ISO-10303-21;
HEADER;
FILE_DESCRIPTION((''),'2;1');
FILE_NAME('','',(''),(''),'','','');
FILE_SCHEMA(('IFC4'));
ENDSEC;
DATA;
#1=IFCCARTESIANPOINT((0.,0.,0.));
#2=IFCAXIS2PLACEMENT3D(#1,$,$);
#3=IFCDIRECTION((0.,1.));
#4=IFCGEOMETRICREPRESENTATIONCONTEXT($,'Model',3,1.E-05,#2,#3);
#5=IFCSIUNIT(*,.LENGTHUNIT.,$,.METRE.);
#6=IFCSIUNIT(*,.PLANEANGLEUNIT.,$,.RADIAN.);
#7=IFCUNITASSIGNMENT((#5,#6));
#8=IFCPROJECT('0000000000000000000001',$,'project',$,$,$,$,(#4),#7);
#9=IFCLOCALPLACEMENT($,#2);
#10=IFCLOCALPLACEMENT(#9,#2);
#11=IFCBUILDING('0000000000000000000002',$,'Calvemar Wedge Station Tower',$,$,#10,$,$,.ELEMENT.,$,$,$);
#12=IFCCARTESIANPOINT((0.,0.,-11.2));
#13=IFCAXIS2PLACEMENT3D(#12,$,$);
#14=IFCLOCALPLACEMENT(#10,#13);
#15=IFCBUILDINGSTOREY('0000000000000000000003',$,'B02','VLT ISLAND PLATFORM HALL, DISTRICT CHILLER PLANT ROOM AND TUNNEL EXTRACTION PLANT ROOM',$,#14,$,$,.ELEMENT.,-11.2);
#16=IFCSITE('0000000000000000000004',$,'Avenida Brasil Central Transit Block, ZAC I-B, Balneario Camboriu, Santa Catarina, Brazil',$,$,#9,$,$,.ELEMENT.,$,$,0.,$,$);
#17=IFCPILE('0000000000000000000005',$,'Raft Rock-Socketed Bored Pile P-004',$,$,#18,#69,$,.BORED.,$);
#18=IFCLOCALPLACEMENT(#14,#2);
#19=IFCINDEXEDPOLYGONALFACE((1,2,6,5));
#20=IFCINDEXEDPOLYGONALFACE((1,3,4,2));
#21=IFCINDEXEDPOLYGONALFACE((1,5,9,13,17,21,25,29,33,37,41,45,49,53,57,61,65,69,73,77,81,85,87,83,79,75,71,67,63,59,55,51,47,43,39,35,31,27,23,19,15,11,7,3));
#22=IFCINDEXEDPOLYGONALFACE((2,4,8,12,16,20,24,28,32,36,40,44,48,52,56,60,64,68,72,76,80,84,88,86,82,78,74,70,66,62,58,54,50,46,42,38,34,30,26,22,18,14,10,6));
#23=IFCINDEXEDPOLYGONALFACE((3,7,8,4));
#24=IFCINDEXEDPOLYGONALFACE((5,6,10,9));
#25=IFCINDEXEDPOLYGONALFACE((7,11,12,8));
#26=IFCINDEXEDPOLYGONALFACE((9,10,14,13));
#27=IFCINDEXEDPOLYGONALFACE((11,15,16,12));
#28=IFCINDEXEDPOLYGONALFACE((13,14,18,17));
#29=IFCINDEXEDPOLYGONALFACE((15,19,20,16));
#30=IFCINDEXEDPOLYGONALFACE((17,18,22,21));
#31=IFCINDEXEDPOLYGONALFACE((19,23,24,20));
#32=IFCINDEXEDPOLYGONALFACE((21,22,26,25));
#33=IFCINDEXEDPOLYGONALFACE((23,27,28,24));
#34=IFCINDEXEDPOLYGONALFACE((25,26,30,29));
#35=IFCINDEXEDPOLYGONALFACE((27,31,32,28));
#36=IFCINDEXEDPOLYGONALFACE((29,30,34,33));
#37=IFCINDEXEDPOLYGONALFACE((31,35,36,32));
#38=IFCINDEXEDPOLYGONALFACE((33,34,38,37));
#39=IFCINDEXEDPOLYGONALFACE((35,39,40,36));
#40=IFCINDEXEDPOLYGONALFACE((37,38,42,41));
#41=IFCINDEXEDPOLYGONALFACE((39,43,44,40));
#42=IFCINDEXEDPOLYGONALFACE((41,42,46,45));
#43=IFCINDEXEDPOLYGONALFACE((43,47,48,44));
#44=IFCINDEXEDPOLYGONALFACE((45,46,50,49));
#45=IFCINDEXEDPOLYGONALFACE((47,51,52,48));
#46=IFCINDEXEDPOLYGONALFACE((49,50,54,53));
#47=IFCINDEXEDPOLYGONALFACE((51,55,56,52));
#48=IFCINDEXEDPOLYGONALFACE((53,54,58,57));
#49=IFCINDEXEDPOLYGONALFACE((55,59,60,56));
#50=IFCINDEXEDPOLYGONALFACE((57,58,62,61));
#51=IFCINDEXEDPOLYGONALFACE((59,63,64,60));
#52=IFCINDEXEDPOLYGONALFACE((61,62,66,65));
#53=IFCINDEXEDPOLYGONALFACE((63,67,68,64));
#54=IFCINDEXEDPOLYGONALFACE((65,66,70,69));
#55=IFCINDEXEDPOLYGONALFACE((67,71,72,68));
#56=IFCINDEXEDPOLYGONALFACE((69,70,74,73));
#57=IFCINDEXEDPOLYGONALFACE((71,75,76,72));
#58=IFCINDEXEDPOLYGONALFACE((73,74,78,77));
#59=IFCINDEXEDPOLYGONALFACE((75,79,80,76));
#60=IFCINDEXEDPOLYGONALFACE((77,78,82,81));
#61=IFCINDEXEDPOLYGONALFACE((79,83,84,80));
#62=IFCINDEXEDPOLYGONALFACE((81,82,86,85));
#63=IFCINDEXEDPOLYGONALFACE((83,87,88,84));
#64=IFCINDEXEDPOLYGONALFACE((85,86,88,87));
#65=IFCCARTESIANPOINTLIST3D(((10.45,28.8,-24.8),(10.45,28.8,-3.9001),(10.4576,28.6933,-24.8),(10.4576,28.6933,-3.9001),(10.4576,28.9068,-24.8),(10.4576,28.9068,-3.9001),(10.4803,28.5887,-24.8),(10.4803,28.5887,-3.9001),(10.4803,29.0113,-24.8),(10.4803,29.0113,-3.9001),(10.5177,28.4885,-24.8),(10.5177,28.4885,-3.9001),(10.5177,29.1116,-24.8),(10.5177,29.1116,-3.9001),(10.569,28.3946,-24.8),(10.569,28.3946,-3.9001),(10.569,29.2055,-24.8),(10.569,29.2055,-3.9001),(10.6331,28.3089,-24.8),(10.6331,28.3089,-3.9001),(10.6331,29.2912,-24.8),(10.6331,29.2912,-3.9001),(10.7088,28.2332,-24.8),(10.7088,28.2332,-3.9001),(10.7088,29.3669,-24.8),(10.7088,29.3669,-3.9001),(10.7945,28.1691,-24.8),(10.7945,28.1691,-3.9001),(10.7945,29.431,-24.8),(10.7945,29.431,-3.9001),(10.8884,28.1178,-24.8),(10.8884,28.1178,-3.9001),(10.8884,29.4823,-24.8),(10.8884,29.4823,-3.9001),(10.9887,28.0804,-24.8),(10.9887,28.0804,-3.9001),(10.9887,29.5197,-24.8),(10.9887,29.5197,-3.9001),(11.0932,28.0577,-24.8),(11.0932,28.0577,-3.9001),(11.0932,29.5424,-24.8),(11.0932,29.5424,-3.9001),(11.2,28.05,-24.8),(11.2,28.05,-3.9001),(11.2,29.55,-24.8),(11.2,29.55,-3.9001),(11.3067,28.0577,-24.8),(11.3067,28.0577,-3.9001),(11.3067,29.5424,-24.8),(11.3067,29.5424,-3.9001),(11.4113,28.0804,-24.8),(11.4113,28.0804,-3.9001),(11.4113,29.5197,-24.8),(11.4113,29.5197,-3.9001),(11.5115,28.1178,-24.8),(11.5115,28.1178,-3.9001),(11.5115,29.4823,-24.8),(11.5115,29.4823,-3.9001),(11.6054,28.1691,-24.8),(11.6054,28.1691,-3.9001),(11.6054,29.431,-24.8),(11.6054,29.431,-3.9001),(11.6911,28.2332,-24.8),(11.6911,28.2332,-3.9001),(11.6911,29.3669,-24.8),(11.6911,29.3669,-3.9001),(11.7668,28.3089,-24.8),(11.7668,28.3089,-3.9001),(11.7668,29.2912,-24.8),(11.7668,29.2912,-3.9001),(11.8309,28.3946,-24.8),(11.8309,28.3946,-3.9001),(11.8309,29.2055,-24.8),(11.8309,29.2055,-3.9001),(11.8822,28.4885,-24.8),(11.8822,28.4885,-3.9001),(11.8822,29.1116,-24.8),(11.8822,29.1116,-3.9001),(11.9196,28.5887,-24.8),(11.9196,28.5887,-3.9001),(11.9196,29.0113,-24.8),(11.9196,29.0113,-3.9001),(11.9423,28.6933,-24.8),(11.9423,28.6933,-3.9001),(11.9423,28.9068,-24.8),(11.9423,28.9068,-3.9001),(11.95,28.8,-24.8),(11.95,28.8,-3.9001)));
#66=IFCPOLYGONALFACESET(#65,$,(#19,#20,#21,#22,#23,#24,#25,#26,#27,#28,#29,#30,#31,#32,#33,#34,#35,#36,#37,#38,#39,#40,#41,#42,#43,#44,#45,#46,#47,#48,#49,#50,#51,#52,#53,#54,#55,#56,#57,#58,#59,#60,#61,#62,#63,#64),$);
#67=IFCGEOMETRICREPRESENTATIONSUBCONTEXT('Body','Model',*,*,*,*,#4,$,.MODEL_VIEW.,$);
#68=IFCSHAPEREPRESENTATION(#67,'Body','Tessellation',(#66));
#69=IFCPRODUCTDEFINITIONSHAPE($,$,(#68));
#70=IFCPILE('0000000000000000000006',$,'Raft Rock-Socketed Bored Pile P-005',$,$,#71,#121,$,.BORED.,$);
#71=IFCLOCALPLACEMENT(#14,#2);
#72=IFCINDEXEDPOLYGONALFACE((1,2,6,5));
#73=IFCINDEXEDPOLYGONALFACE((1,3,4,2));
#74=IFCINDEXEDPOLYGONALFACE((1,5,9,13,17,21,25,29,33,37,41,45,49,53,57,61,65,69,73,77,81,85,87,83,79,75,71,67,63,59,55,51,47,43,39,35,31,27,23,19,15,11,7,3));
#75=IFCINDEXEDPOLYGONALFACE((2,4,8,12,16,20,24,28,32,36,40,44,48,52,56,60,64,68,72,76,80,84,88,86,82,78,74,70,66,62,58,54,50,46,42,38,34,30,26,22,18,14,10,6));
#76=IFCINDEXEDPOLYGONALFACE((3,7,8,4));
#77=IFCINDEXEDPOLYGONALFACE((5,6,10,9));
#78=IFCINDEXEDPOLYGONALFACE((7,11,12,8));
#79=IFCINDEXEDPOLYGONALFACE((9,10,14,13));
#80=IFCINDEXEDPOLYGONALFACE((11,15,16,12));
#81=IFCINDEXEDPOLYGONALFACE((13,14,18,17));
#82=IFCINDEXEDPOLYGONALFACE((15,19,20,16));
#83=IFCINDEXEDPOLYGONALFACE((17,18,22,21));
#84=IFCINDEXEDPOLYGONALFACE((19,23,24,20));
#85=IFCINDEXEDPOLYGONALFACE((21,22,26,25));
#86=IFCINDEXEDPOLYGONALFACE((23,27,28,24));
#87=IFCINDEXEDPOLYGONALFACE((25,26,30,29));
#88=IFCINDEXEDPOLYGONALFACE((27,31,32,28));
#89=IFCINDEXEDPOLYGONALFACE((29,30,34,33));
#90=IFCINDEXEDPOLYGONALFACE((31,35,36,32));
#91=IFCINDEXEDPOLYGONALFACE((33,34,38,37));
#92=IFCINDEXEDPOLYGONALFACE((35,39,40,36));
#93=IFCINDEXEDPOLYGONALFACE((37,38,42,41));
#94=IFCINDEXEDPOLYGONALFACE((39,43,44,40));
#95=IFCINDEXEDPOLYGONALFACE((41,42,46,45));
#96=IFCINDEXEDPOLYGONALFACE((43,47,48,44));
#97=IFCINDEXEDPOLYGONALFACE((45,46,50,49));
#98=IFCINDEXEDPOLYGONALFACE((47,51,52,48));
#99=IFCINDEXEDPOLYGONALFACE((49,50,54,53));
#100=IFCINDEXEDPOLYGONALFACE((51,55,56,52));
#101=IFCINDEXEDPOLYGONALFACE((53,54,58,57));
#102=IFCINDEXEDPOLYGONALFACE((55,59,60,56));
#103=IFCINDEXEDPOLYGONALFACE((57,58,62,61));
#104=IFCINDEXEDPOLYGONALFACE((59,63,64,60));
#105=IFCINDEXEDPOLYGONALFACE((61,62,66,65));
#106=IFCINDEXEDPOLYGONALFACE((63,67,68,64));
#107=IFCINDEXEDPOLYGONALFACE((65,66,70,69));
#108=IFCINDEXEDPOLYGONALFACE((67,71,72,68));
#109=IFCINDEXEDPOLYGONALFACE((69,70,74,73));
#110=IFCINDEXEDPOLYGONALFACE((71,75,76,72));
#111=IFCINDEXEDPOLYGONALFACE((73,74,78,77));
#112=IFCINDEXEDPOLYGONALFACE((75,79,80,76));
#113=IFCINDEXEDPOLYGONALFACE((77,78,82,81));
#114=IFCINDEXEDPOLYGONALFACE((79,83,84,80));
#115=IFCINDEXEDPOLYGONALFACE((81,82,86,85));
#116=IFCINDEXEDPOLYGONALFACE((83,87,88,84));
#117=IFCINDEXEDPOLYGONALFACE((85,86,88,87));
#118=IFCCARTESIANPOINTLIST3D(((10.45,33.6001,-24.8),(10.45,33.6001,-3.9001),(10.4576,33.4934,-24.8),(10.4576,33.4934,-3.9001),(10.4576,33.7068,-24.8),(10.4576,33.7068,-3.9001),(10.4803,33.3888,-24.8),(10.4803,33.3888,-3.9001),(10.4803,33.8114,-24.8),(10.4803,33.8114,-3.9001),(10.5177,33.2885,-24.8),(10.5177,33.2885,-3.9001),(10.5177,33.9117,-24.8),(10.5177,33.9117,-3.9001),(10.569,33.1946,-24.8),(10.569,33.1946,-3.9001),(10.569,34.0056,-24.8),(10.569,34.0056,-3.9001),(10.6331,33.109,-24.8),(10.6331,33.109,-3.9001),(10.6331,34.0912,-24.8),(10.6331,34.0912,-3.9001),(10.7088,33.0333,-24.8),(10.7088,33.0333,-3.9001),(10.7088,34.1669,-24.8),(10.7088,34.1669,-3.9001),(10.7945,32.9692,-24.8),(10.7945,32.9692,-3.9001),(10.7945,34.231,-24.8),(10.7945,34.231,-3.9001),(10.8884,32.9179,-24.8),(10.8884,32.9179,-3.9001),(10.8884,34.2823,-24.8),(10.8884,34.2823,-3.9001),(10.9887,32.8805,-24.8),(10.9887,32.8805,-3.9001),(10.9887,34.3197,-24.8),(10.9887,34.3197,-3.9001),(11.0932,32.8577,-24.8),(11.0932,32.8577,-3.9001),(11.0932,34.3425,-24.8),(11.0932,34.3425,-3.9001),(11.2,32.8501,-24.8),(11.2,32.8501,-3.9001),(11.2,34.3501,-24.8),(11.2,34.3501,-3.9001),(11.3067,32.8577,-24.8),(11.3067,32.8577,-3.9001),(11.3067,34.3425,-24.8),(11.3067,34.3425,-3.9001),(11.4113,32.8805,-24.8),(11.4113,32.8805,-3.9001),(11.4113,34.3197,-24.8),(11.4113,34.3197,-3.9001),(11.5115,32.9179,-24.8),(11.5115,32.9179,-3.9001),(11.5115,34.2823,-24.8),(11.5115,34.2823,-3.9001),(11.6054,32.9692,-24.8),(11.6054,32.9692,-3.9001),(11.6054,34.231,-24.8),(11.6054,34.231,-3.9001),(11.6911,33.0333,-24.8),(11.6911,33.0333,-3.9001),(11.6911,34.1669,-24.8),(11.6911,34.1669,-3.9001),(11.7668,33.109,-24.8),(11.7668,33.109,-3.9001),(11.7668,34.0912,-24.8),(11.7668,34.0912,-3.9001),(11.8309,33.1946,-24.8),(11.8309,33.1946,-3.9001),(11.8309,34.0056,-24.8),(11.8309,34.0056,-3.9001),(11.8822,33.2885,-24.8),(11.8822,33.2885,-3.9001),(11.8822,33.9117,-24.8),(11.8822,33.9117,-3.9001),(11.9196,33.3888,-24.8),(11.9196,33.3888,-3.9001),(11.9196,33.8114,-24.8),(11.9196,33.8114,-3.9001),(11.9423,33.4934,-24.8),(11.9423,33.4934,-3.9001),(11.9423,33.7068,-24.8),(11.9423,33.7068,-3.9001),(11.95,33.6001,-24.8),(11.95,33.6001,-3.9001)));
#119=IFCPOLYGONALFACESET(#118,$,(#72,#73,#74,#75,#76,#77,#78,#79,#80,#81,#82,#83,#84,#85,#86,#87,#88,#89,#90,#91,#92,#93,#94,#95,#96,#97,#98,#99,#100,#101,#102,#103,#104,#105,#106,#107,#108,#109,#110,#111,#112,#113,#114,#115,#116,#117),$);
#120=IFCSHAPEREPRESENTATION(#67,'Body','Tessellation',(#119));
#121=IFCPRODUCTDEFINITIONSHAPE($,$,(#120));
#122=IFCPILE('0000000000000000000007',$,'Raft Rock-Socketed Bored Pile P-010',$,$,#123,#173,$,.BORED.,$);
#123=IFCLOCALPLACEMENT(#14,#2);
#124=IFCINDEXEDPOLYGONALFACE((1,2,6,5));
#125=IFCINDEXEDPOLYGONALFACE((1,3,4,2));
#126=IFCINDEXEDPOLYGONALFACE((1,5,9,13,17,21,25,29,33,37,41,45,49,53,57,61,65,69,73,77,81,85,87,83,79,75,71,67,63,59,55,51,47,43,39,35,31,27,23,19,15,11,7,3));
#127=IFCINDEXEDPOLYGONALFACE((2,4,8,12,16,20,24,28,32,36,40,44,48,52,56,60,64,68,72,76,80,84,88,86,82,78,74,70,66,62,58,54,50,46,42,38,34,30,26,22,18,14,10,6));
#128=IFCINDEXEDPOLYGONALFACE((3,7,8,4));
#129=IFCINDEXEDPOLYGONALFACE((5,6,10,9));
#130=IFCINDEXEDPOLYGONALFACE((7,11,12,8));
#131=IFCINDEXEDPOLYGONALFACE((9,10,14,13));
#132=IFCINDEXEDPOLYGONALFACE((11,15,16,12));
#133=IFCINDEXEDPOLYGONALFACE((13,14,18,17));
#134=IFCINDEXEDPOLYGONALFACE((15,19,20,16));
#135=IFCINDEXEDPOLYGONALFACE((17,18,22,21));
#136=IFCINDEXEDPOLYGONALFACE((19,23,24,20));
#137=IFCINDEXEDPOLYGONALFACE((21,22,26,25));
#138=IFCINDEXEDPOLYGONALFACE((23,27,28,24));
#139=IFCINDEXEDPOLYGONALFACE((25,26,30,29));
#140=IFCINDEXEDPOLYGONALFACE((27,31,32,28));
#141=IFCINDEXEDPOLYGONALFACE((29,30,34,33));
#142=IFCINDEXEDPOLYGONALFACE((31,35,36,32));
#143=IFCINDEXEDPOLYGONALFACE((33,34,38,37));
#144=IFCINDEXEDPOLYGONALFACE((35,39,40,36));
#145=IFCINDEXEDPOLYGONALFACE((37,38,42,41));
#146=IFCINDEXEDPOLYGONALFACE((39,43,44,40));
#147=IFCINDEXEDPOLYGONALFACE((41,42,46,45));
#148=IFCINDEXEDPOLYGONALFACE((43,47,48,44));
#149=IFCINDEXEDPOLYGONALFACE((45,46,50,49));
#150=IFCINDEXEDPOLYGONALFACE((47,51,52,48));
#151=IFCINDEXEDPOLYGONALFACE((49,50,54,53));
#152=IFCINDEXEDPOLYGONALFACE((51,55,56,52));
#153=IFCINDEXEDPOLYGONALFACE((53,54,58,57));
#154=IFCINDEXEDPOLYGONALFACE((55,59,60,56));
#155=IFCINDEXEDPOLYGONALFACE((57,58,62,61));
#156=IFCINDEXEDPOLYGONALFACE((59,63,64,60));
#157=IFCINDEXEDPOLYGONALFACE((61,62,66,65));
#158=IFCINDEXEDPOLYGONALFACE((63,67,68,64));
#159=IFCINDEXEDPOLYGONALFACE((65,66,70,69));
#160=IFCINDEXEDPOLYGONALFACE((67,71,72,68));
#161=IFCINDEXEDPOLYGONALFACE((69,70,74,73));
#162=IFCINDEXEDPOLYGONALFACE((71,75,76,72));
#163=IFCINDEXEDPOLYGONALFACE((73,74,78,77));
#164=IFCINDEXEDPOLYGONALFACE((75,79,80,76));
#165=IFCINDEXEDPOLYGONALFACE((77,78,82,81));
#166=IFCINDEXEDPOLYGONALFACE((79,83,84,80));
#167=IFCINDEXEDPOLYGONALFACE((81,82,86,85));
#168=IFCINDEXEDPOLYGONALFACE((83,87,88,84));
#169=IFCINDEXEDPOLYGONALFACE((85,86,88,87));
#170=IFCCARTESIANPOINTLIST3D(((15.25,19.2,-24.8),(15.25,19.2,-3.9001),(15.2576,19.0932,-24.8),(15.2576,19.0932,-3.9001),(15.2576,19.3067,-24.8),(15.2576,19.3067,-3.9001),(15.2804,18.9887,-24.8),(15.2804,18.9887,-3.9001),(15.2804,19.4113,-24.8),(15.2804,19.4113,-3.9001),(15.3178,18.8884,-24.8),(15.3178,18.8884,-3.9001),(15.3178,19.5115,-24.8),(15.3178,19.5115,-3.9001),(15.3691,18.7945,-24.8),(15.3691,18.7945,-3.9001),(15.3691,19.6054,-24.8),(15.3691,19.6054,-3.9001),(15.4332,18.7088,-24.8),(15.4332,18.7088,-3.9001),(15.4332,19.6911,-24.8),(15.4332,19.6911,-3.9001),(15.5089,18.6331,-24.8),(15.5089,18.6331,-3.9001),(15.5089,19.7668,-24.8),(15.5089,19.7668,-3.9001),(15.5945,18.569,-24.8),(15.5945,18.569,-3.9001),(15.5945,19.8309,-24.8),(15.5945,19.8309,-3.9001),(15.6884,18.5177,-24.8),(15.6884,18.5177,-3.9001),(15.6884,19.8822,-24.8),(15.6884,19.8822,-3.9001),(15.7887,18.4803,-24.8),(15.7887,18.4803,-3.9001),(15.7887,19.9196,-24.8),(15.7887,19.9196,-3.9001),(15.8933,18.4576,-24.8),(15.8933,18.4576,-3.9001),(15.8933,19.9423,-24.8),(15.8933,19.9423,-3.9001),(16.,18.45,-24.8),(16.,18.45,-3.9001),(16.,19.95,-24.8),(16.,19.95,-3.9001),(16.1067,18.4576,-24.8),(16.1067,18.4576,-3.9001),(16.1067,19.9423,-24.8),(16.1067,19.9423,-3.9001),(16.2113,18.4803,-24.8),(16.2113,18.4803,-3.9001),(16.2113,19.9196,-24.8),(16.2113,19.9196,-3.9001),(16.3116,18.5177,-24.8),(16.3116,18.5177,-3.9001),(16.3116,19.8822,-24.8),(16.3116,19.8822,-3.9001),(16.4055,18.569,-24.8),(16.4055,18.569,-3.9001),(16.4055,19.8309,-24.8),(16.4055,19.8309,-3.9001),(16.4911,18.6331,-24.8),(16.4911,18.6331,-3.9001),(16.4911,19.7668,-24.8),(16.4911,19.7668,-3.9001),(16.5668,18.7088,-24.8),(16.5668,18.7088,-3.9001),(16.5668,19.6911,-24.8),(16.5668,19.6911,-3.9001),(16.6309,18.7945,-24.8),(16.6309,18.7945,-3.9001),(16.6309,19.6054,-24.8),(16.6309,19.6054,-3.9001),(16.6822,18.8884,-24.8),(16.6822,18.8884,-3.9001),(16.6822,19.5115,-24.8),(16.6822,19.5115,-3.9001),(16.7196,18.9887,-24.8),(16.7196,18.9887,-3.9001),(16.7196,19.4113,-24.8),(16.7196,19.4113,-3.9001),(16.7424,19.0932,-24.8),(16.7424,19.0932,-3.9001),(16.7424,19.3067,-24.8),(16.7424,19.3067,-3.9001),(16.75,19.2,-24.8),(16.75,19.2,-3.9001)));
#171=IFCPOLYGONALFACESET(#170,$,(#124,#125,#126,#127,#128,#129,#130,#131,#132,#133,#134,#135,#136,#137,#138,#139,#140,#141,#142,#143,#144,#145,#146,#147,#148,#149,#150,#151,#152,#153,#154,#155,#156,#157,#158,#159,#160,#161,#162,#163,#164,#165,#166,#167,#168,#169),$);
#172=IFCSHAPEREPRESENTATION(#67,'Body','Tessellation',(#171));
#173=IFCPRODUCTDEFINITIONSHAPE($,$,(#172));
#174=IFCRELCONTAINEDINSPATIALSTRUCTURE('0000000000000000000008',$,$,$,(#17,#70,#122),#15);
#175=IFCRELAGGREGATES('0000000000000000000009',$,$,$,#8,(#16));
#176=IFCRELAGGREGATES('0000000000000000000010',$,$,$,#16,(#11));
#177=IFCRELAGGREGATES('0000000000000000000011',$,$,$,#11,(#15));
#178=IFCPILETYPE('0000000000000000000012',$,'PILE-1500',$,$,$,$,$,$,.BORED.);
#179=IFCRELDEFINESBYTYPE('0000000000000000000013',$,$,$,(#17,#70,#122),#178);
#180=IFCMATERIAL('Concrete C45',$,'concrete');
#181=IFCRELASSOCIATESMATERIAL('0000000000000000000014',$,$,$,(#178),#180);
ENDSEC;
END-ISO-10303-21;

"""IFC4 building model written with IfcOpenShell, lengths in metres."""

from ifc_helpers import new_model, si_unit, direction, frame, origin, origin_2d, place, context, subcontext, project, spatial, circle, extrude, material, material_profile, profile_set, type_object, element, save


model = new_model("IFC4")

# Units and contexts
model_context = context("Model", 3, precision=1e-05, world=origin(), true_north=direction((0.0, 1.0)))
body_context = subcontext(model_context, "Body", "Model", "MODEL_VIEW")
ifc_project = project(units=[si_unit("LENGTHUNIT", "METRE"), si_unit("PLANEANGLEUNIT", "RADIAN")], contexts=[model_context])

# Site, building, storey
site_placement = place(None, origin())
site = spatial("IfcSite", under=ifc_project, at=site_placement, Name="Avenida Brasil Central Transit Block, ZAC I-B, Balneario Camboriu, Santa Catarina, Brazil", CompositionType="ELEMENT", RefElevation=0.0)
building_placement = place(site_placement, origin())
building = spatial("IfcBuilding", under=site, at=building_placement, Name="Calvemar Wedge Station Tower", CompositionType="ELEMENT")
storey_placement = place(building_placement, frame((0.0, 0.0, -11.2)))
storey = spatial("IfcBuildingStorey", under=building, at=storey_placement, Name="B02", Description="VLT ISLAND PLATFORM HALL, DISTRICT CHILLER PLANT ROOM AND TUNNEL EXTRACTION PLANT ROOM", CompositionType="ELEMENT", Elevation=-11.2)

# Piles
ifc_material_1 = material(Name="Concrete C45", Category="concrete")
ifc_material_profile_1 = material_profile(ifc_material_1, circle(Radius=0.75, at=origin_2d()), Name="PILE-D1500")
ifc_profile_set_1 = profile_set([ifc_material_profile_1], Name="Concrete C45")
pile_type = type_object("IfcPileType", Name="PILE-1500", PredefinedType="BORED", material=ifc_profile_set_1)
for number, where, z_axis, x_axis, name in (
    (1, (11.2, 28.8, -3.9001), (0.0, 0.0, -1.0), (1.0, 0.0, 0.0), "Raft Rock-Socketed Bored Pile P-004"),
    (2, (11.2, 33.6001, -3.9001), (0.0, 0.0, -1.0), (1.0, 0.0, 0.0), "Raft Rock-Socketed Bored Pile P-005"),
    (3, (16.0, 19.2, -3.9001), (0.0, 0.0, -1.0), (1.0, 0.0, 0.0), "Raft Rock-Socketed Bored Pile P-010"),
):
    element("IfcPile", number, at=place(storey_placement, frame(where, z_axis=z_axis, x_axis=x_axis)), inside=storey, type_object=pile_type, Name=name, PredefinedType="BORED", context=body_context, shape_type="SweptSolid", body=[
        extrude(circle(Radius=0.75, at=origin_2d()), origin(), (0.0, 0.0, 1.0), 20.8999),
    ])

save(model, "model.ifc")
